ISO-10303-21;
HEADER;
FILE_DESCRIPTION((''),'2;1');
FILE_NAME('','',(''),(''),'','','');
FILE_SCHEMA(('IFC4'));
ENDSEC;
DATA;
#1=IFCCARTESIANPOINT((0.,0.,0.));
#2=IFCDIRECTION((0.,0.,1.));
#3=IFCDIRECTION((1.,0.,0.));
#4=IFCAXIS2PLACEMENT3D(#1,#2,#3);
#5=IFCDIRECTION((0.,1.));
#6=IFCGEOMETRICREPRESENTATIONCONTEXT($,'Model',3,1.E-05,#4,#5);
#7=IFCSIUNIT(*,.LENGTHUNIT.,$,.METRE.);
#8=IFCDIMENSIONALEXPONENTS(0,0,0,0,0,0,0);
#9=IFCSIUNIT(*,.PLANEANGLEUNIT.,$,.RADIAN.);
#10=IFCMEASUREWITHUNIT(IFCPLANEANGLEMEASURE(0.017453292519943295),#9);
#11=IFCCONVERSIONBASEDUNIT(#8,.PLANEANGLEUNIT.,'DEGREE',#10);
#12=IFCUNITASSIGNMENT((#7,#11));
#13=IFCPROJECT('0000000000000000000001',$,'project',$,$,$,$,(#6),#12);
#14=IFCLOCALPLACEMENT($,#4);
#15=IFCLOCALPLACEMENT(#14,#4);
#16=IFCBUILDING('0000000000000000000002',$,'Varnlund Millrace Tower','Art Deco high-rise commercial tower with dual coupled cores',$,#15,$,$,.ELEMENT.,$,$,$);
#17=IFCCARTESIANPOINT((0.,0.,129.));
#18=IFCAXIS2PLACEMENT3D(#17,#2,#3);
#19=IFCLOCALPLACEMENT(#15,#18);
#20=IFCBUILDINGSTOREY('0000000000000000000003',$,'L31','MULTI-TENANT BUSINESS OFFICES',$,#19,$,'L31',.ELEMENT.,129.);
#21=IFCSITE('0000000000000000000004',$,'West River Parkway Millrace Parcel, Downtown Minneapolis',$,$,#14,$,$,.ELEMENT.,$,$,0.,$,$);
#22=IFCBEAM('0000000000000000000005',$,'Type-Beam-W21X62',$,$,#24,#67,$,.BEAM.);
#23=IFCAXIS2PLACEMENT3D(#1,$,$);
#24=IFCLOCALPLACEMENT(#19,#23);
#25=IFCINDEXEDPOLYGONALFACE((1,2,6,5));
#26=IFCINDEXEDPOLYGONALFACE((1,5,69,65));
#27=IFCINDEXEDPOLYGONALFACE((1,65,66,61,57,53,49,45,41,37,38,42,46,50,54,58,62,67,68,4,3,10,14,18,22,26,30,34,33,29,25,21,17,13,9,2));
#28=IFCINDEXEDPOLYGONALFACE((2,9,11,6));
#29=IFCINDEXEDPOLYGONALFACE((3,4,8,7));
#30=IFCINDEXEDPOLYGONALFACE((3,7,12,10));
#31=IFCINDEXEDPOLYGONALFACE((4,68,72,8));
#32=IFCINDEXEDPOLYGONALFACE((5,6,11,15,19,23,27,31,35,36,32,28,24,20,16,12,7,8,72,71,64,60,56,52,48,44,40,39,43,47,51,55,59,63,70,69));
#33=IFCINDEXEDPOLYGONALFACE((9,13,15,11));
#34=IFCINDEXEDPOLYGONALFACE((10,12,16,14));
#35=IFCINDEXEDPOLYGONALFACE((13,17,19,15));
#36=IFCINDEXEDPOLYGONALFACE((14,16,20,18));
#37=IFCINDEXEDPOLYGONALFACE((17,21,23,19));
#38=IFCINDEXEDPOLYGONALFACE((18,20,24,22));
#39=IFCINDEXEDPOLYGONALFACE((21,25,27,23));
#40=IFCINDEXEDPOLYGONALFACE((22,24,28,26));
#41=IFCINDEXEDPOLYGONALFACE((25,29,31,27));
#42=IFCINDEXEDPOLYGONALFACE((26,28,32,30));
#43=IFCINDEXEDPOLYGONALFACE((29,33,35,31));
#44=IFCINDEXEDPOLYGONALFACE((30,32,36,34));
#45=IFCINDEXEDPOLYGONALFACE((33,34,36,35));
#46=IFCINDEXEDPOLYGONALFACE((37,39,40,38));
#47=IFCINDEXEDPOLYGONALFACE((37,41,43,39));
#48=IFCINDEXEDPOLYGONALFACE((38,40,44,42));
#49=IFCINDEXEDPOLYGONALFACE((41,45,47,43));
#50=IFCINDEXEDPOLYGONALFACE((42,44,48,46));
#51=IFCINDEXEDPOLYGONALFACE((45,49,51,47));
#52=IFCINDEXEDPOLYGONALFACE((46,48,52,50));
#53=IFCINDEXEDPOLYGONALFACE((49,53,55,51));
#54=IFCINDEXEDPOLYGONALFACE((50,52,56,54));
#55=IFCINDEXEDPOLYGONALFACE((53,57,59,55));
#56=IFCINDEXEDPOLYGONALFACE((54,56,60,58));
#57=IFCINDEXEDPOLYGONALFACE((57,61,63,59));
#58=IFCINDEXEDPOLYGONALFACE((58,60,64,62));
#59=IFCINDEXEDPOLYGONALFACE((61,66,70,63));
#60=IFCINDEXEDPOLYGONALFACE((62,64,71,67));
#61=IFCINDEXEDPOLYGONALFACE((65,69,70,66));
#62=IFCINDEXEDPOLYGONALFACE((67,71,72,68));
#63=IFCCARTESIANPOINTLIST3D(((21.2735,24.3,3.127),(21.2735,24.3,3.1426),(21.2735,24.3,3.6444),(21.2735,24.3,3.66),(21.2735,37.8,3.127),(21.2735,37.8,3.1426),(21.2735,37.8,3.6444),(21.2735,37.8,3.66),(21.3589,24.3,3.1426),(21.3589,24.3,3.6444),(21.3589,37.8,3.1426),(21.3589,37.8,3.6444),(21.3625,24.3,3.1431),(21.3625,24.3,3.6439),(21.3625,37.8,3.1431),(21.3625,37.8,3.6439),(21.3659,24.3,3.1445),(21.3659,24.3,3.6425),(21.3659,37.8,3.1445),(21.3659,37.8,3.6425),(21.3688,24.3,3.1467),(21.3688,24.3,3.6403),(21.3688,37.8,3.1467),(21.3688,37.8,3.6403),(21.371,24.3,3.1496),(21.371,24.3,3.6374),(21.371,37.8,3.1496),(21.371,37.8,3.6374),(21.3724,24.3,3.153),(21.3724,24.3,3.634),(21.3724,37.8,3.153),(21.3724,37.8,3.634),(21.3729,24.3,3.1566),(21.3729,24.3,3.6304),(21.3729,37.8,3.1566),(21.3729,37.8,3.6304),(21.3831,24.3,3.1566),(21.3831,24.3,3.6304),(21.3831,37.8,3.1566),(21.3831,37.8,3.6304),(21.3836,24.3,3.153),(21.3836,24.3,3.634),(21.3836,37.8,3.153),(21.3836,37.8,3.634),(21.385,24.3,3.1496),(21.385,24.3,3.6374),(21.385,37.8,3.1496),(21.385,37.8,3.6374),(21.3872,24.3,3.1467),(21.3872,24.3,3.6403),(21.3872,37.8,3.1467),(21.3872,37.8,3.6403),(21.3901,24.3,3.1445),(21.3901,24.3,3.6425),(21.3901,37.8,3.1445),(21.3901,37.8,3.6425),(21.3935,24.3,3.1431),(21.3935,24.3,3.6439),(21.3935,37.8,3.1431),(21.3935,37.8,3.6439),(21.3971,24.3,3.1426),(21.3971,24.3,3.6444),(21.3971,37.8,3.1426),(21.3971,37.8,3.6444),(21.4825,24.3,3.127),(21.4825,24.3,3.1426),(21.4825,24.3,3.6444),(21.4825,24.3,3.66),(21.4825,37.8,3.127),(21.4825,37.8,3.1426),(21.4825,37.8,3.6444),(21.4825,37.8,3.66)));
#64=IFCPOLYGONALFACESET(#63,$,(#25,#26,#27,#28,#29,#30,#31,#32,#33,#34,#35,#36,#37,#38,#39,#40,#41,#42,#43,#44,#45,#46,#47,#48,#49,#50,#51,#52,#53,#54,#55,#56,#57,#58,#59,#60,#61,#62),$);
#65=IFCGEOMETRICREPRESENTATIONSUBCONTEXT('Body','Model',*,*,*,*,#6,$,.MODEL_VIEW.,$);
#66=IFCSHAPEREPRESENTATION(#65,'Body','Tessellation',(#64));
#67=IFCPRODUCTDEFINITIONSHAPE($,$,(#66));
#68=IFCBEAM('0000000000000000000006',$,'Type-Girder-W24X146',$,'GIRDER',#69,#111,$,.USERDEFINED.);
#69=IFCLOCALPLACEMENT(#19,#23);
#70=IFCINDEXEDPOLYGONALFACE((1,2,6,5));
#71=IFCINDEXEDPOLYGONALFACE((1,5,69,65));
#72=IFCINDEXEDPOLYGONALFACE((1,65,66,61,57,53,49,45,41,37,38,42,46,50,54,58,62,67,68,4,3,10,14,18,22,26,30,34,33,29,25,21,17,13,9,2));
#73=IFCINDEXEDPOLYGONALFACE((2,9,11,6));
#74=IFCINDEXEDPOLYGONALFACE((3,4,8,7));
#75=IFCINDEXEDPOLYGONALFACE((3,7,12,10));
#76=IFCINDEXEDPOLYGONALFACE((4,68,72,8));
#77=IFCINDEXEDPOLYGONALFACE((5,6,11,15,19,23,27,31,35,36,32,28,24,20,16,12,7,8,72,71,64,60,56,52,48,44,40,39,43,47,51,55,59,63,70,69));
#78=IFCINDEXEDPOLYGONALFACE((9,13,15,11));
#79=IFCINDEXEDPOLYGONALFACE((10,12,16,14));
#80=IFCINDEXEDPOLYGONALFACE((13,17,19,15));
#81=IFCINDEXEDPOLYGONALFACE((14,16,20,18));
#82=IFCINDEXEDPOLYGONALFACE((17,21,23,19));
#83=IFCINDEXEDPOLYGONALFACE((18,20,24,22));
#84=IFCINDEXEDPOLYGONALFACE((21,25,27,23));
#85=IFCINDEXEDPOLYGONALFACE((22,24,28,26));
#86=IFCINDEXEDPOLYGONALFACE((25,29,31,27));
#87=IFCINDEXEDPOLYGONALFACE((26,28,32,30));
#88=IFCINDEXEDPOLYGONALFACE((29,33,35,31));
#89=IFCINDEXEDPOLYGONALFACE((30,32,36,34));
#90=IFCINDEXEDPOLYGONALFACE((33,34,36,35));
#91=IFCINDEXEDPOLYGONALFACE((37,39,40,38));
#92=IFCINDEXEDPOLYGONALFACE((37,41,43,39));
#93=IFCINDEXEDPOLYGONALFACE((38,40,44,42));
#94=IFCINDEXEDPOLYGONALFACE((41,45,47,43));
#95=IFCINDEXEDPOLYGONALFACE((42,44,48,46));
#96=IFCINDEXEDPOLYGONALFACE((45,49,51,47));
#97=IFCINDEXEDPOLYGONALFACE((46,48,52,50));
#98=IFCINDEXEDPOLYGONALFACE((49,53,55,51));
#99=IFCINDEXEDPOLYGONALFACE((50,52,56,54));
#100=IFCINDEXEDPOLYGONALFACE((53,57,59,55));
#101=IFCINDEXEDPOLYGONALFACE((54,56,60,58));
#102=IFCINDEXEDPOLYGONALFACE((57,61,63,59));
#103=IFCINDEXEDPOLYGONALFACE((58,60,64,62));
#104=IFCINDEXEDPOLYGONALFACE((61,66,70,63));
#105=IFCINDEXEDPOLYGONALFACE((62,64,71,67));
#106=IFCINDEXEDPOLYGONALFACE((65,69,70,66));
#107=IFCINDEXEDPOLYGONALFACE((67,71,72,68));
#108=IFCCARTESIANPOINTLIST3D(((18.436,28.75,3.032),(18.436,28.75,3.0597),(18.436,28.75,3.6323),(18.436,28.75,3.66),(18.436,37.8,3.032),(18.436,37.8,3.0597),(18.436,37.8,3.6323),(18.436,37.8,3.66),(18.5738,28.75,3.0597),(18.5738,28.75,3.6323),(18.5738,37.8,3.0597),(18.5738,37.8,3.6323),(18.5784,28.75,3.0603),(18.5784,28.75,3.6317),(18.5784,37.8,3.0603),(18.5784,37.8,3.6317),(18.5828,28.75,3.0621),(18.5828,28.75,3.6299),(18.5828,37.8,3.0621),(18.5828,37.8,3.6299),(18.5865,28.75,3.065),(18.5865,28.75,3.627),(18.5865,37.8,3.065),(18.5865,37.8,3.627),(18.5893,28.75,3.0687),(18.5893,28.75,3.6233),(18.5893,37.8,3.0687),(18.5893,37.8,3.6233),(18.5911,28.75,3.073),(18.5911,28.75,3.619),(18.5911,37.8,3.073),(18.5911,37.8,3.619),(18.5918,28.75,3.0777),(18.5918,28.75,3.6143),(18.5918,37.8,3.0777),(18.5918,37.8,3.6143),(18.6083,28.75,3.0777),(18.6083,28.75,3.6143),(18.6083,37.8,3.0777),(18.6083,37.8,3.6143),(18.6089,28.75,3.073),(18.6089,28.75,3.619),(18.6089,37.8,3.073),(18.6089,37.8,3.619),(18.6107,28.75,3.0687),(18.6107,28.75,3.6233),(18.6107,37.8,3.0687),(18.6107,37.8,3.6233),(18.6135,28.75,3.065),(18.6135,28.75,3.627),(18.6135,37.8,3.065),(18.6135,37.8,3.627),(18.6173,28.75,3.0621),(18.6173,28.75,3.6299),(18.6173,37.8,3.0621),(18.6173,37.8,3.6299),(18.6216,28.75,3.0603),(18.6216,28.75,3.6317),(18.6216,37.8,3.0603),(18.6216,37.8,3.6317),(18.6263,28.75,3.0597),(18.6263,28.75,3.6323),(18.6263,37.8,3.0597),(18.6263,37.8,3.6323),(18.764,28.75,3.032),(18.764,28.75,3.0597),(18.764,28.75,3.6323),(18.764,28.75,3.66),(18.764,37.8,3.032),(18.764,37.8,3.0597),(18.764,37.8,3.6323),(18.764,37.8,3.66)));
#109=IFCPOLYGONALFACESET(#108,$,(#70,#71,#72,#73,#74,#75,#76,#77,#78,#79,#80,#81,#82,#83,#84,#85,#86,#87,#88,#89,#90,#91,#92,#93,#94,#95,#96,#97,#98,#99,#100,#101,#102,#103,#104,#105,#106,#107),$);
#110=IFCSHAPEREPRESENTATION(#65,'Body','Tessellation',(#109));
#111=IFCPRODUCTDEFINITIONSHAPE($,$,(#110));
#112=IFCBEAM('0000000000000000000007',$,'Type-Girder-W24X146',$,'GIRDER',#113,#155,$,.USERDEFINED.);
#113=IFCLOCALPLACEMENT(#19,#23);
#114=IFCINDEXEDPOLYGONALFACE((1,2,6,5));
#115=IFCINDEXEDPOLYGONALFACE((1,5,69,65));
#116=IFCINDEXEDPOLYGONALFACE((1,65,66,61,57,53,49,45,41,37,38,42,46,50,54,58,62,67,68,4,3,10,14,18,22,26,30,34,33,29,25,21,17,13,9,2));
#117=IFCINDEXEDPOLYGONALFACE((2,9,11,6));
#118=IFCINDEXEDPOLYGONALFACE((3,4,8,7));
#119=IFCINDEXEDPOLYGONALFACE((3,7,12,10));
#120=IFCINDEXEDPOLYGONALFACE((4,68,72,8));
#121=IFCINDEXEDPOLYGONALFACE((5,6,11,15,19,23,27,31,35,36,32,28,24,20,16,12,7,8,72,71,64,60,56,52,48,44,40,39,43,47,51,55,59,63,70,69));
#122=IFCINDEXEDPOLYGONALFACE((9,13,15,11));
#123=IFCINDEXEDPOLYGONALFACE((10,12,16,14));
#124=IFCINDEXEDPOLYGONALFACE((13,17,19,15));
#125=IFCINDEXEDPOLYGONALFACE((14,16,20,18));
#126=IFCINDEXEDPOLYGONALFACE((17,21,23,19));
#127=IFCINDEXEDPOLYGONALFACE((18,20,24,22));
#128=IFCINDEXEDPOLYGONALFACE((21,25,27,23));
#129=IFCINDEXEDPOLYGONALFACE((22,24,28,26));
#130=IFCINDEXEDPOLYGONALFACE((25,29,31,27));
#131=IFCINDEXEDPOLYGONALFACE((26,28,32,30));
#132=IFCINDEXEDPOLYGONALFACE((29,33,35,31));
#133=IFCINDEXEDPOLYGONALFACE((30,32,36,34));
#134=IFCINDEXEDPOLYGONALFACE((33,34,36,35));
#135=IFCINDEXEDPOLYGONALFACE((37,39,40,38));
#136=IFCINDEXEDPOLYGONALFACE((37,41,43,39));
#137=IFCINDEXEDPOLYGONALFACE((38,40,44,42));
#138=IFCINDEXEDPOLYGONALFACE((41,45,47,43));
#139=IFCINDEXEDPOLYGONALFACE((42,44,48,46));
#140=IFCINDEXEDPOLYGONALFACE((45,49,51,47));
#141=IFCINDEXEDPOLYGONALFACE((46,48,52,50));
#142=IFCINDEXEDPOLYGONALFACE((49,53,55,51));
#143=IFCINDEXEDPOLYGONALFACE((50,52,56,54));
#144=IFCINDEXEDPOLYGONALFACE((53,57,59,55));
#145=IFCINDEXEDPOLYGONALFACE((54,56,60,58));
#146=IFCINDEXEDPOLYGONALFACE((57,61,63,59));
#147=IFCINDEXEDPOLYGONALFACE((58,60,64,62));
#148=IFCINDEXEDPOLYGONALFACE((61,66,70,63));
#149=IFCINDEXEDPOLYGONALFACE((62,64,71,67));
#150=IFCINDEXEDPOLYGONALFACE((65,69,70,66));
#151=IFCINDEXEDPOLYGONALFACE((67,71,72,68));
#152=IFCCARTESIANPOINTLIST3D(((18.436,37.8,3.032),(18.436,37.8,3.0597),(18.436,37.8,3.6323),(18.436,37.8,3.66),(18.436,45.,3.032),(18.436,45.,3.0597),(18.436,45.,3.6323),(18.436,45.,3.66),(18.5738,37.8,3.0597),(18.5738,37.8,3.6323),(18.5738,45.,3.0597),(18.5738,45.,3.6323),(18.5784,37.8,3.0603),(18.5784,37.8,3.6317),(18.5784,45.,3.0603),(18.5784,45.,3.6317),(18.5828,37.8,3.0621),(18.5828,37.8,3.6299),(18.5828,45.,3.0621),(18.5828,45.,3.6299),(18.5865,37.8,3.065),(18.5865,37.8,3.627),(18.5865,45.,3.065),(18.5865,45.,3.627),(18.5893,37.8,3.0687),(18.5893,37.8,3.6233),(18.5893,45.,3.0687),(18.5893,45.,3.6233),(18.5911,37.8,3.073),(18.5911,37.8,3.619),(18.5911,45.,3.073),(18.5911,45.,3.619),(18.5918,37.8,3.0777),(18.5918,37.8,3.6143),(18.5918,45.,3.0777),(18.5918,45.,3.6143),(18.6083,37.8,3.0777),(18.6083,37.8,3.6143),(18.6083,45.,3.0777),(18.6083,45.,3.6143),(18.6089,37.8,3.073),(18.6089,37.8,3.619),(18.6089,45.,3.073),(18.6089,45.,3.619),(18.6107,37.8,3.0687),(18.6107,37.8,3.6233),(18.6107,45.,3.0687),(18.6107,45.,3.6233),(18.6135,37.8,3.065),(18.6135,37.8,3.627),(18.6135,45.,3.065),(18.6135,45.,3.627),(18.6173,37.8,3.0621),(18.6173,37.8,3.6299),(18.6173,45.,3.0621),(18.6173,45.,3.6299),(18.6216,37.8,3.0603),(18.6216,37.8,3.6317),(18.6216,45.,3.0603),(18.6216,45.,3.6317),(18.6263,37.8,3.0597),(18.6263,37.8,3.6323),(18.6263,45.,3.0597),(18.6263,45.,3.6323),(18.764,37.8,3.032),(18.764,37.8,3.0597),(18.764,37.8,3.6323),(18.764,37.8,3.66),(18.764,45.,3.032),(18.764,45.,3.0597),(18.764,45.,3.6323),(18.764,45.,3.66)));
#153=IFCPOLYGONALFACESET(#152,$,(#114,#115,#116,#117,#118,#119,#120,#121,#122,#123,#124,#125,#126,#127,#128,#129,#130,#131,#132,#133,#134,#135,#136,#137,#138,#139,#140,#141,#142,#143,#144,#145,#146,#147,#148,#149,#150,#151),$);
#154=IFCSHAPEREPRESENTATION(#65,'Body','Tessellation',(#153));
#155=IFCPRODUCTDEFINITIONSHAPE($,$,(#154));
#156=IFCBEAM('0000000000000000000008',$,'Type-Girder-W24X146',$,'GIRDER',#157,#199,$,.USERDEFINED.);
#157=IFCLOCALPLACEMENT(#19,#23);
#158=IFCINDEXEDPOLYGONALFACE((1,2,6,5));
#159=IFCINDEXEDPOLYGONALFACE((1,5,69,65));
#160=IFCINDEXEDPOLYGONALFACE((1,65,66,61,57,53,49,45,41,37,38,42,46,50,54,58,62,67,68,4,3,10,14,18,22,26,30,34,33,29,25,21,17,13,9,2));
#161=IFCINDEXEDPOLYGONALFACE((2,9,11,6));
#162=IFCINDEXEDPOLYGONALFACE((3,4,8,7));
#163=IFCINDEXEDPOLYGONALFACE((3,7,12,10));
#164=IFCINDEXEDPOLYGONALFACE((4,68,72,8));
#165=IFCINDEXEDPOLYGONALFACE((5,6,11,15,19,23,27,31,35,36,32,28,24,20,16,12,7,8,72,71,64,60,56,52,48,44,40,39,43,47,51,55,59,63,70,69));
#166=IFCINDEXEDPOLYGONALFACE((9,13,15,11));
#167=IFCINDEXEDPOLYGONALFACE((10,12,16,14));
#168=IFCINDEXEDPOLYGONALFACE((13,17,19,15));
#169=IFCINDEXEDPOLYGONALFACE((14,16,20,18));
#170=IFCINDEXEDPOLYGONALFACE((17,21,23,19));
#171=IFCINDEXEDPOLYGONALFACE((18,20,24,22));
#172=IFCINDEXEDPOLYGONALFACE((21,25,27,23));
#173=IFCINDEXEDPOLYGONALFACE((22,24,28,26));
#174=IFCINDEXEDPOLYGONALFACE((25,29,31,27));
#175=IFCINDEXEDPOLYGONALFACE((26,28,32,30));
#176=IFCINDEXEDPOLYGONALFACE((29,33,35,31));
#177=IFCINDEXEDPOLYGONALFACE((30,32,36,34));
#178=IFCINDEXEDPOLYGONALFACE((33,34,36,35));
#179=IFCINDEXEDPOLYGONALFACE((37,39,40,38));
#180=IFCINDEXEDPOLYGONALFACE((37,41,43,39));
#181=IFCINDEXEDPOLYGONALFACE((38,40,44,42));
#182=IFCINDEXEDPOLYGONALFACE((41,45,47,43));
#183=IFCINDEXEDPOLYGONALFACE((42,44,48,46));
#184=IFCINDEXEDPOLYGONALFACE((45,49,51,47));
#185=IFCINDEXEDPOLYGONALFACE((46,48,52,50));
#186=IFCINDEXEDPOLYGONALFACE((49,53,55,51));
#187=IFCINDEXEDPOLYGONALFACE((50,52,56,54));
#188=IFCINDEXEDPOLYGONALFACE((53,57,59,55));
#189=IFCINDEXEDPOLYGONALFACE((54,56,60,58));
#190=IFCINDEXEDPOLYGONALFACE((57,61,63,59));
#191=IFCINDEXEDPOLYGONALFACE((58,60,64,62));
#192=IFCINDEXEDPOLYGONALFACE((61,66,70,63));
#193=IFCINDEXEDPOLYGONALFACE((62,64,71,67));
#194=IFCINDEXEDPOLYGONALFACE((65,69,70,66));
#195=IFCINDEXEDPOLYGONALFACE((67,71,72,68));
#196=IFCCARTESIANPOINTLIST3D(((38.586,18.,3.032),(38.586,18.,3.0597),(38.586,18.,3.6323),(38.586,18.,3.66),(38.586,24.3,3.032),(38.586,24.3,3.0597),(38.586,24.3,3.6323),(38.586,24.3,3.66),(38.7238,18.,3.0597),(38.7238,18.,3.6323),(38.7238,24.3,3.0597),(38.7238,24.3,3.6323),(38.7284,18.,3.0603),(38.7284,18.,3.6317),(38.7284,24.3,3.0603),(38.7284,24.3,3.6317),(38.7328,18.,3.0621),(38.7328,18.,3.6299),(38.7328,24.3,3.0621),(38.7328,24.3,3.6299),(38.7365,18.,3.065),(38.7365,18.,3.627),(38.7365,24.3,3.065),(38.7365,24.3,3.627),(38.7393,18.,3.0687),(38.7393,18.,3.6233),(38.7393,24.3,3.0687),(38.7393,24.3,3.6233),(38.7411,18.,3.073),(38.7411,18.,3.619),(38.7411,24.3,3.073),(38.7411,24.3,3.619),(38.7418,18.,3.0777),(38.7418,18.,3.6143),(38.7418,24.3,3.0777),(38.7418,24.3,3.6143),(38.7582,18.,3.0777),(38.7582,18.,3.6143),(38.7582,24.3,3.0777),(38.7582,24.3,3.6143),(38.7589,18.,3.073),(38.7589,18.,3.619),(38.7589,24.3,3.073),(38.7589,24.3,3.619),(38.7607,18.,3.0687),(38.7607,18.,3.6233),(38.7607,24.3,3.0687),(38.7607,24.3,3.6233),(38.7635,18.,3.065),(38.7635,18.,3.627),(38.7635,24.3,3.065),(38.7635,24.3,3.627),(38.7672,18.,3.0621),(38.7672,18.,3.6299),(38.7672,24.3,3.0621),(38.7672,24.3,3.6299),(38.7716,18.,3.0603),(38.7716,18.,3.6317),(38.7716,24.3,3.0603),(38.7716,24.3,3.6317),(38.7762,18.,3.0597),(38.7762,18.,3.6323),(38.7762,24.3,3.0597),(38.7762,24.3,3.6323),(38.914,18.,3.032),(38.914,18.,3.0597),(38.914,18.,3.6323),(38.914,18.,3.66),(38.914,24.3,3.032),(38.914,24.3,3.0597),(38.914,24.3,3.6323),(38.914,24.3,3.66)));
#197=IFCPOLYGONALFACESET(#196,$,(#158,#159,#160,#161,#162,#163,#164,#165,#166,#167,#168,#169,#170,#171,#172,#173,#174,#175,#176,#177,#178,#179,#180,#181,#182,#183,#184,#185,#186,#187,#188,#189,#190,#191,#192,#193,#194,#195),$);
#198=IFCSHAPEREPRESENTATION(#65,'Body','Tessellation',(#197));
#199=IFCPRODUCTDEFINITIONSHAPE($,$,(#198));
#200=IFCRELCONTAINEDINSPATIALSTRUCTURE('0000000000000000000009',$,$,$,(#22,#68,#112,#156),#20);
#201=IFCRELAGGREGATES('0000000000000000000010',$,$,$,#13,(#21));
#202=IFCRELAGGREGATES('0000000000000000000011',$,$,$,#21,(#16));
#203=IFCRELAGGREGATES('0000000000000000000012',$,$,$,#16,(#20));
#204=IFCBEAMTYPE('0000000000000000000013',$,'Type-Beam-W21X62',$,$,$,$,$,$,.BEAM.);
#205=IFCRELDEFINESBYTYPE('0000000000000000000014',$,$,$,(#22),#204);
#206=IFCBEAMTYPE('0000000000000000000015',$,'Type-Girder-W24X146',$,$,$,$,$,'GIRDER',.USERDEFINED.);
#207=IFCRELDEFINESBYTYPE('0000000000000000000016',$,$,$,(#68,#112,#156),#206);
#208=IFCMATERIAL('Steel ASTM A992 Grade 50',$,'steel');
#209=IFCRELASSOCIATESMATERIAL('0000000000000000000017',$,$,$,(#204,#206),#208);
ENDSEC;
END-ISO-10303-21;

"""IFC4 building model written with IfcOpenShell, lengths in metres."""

from ifc_helpers import new_model, entity, si_unit, converted_unit, direction, frame, origin_with_axes, origin_2d_with_axis, place, context, subcontext, project, spatial, i_section, extrude, material, material_profile, profile_set, type_object, element, save


model = new_model("IFC4")

# Units and contexts
model_context = context("Model", 3, precision=1e-05, world=origin_with_axes(), true_north=direction((0.0, 1.0)))
body_context = subcontext(model_context, "Body", "Model", "MODEL_VIEW")
ifc_project = project(units=[si_unit("LENGTHUNIT", "METRE"), converted_unit("PLANEANGLEUNIT", "DEGREE", entity("IfcPlaneAngleMeasure", 0.017453292519943295), si_unit("PLANEANGLEUNIT", "RADIAN"), dimensions=[0, 0, 0, 0, 0, 0, 0])], contexts=[model_context])

# Site, building, storey
site_placement = place(None, origin_with_axes())
site = spatial("IfcSite", under=ifc_project, at=site_placement, Name="West River Parkway Millrace Parcel, Downtown Minneapolis", CompositionType="ELEMENT", RefElevation=0.0)
building_placement = place(site_placement, origin_with_axes())
building = spatial("IfcBuilding", under=site, at=building_placement, Name="Varnlund Millrace Tower", Description="Art Deco high-rise commercial tower with dual coupled cores", CompositionType="ELEMENT")
storey_placement = place(building_placement, frame((0.0, 0.0, 129.0), z_axis=(0.0, 0.0, 1.0), x_axis=(1.0, 0.0, 0.0)))
storey = spatial("IfcBuildingStorey", under=building, at=storey_placement, Name="L31", Description="MULTI-TENANT BUSINESS OFFICES", LongName="L31", CompositionType="ELEMENT", Elevation=129.0)

# Beams
ifc_material_1 = material(Name="Steel ASTM A992 Grade 50", Category="steel")
ifc_material_profile_1 = material_profile(ifc_material_1, i_section(OverallWidth=0.209, OverallDepth=0.533, WebThickness=0.0102, FlangeThickness=0.0156, FilletRadius=0.014, at=origin_2d_with_axis()), Name="Steel ASTM A992 Grade 50")
ifc_profile_set_1 = profile_set([ifc_material_profile_1], Name="Steel ASTM A992 Grade 50")
beam_type_1 = type_object("IfcBeamType", Name="Type-Beam-W21X62", PredefinedType="BEAM", material=ifc_profile_set_1)
beam_1_placement = place(storey_placement, frame((21.378, 24.3, 3.3935), z_axis=(0.0, 1.0, 0.0), x_axis=(-1.0, 0.0, 0.0)))
element("IfcBeam", 1, at=beam_1_placement, inside=storey, type_object=beam_type_1, Name="Type-Beam-W21X62", PredefinedType="BEAM", context=body_context, shape_type="SweptSolid", body=[
    extrude(i_section(OverallWidth=0.209, OverallDepth=0.533, WebThickness=0.0102, FlangeThickness=0.0156, FilletRadius=0.014, at=origin_2d_with_axis()), origin_with_axes(), (0.0, 0.0, 1.0), 13.5),
])
ifc_material_profile_2 = material_profile(ifc_material_1, i_section(OverallWidth=0.328, OverallDepth=0.628, WebThickness=0.0165, FlangeThickness=0.0277, FilletRadius=0.018, at=origin_2d_with_axis()), Name="Steel ASTM A992 Grade 50")
ifc_profile_set_2 = profile_set([ifc_material_profile_2], Name="Steel ASTM A992 Grade 50")
beam_type_2 = type_object("IfcBeamType", Name="Type-Girder-W24X146", ElementType="GIRDER", PredefinedType="USERDEFINED", material=ifc_profile_set_2)
beam_2_placement = place(storey_placement, frame((18.6, 28.75, 3.346), z_axis=(0.0, 1.0, 0.0), x_axis=(-1.0, 0.0, 0.0)))
element("IfcBeam", 2, at=beam_2_placement, inside=storey, type_object=beam_type_2, Name="Type-Girder-W24X146", ObjectType="GIRDER", PredefinedType="USERDEFINED", context=body_context, shape_type="SweptSolid", body=[
    extrude(i_section(OverallWidth=0.328, OverallDepth=0.628, WebThickness=0.0165, FlangeThickness=0.0277, FilletRadius=0.018, at=origin_2d_with_axis()), origin_with_axes(), (0.0, 0.0, 1.0), 9.05),
])
beam_3_placement = place(storey_placement, frame((18.6, 37.8, 3.346), z_axis=(0.0, 1.0, 0.0), x_axis=(-1.0, 0.0, 0.0)))
element("IfcBeam", 3, at=beam_3_placement, inside=storey, type_object=beam_type_2, Name="Type-Girder-W24X146", ObjectType="GIRDER", PredefinedType="USERDEFINED", context=body_context, shape_type="SweptSolid", body=[
    extrude(i_section(OverallWidth=0.328, OverallDepth=0.628, WebThickness=0.0165, FlangeThickness=0.0277, FilletRadius=0.018, at=origin_2d_with_axis()), origin_with_axes(), (0.0, 0.0, 1.0), 7.2),
])
beam_4_placement = place(storey_placement, frame((38.75, 18.0, 3.346), z_axis=(0.0, 1.0, 0.0), x_axis=(-1.0, 0.0, 0.0)))
element("IfcBeam", 4, at=beam_4_placement, inside=storey, type_object=beam_type_2, Name="Type-Girder-W24X146", ObjectType="GIRDER", PredefinedType="USERDEFINED", context=body_context, shape_type="SweptSolid", body=[
    extrude(i_section(OverallWidth=0.328, OverallDepth=0.628, WebThickness=0.0165, FlangeThickness=0.0277, FilletRadius=0.018, at=origin_2d_with_axis()), origin_with_axes(), (0.0, 0.0, 1.0), 6.3),
])

save(model, "model.ifc")
